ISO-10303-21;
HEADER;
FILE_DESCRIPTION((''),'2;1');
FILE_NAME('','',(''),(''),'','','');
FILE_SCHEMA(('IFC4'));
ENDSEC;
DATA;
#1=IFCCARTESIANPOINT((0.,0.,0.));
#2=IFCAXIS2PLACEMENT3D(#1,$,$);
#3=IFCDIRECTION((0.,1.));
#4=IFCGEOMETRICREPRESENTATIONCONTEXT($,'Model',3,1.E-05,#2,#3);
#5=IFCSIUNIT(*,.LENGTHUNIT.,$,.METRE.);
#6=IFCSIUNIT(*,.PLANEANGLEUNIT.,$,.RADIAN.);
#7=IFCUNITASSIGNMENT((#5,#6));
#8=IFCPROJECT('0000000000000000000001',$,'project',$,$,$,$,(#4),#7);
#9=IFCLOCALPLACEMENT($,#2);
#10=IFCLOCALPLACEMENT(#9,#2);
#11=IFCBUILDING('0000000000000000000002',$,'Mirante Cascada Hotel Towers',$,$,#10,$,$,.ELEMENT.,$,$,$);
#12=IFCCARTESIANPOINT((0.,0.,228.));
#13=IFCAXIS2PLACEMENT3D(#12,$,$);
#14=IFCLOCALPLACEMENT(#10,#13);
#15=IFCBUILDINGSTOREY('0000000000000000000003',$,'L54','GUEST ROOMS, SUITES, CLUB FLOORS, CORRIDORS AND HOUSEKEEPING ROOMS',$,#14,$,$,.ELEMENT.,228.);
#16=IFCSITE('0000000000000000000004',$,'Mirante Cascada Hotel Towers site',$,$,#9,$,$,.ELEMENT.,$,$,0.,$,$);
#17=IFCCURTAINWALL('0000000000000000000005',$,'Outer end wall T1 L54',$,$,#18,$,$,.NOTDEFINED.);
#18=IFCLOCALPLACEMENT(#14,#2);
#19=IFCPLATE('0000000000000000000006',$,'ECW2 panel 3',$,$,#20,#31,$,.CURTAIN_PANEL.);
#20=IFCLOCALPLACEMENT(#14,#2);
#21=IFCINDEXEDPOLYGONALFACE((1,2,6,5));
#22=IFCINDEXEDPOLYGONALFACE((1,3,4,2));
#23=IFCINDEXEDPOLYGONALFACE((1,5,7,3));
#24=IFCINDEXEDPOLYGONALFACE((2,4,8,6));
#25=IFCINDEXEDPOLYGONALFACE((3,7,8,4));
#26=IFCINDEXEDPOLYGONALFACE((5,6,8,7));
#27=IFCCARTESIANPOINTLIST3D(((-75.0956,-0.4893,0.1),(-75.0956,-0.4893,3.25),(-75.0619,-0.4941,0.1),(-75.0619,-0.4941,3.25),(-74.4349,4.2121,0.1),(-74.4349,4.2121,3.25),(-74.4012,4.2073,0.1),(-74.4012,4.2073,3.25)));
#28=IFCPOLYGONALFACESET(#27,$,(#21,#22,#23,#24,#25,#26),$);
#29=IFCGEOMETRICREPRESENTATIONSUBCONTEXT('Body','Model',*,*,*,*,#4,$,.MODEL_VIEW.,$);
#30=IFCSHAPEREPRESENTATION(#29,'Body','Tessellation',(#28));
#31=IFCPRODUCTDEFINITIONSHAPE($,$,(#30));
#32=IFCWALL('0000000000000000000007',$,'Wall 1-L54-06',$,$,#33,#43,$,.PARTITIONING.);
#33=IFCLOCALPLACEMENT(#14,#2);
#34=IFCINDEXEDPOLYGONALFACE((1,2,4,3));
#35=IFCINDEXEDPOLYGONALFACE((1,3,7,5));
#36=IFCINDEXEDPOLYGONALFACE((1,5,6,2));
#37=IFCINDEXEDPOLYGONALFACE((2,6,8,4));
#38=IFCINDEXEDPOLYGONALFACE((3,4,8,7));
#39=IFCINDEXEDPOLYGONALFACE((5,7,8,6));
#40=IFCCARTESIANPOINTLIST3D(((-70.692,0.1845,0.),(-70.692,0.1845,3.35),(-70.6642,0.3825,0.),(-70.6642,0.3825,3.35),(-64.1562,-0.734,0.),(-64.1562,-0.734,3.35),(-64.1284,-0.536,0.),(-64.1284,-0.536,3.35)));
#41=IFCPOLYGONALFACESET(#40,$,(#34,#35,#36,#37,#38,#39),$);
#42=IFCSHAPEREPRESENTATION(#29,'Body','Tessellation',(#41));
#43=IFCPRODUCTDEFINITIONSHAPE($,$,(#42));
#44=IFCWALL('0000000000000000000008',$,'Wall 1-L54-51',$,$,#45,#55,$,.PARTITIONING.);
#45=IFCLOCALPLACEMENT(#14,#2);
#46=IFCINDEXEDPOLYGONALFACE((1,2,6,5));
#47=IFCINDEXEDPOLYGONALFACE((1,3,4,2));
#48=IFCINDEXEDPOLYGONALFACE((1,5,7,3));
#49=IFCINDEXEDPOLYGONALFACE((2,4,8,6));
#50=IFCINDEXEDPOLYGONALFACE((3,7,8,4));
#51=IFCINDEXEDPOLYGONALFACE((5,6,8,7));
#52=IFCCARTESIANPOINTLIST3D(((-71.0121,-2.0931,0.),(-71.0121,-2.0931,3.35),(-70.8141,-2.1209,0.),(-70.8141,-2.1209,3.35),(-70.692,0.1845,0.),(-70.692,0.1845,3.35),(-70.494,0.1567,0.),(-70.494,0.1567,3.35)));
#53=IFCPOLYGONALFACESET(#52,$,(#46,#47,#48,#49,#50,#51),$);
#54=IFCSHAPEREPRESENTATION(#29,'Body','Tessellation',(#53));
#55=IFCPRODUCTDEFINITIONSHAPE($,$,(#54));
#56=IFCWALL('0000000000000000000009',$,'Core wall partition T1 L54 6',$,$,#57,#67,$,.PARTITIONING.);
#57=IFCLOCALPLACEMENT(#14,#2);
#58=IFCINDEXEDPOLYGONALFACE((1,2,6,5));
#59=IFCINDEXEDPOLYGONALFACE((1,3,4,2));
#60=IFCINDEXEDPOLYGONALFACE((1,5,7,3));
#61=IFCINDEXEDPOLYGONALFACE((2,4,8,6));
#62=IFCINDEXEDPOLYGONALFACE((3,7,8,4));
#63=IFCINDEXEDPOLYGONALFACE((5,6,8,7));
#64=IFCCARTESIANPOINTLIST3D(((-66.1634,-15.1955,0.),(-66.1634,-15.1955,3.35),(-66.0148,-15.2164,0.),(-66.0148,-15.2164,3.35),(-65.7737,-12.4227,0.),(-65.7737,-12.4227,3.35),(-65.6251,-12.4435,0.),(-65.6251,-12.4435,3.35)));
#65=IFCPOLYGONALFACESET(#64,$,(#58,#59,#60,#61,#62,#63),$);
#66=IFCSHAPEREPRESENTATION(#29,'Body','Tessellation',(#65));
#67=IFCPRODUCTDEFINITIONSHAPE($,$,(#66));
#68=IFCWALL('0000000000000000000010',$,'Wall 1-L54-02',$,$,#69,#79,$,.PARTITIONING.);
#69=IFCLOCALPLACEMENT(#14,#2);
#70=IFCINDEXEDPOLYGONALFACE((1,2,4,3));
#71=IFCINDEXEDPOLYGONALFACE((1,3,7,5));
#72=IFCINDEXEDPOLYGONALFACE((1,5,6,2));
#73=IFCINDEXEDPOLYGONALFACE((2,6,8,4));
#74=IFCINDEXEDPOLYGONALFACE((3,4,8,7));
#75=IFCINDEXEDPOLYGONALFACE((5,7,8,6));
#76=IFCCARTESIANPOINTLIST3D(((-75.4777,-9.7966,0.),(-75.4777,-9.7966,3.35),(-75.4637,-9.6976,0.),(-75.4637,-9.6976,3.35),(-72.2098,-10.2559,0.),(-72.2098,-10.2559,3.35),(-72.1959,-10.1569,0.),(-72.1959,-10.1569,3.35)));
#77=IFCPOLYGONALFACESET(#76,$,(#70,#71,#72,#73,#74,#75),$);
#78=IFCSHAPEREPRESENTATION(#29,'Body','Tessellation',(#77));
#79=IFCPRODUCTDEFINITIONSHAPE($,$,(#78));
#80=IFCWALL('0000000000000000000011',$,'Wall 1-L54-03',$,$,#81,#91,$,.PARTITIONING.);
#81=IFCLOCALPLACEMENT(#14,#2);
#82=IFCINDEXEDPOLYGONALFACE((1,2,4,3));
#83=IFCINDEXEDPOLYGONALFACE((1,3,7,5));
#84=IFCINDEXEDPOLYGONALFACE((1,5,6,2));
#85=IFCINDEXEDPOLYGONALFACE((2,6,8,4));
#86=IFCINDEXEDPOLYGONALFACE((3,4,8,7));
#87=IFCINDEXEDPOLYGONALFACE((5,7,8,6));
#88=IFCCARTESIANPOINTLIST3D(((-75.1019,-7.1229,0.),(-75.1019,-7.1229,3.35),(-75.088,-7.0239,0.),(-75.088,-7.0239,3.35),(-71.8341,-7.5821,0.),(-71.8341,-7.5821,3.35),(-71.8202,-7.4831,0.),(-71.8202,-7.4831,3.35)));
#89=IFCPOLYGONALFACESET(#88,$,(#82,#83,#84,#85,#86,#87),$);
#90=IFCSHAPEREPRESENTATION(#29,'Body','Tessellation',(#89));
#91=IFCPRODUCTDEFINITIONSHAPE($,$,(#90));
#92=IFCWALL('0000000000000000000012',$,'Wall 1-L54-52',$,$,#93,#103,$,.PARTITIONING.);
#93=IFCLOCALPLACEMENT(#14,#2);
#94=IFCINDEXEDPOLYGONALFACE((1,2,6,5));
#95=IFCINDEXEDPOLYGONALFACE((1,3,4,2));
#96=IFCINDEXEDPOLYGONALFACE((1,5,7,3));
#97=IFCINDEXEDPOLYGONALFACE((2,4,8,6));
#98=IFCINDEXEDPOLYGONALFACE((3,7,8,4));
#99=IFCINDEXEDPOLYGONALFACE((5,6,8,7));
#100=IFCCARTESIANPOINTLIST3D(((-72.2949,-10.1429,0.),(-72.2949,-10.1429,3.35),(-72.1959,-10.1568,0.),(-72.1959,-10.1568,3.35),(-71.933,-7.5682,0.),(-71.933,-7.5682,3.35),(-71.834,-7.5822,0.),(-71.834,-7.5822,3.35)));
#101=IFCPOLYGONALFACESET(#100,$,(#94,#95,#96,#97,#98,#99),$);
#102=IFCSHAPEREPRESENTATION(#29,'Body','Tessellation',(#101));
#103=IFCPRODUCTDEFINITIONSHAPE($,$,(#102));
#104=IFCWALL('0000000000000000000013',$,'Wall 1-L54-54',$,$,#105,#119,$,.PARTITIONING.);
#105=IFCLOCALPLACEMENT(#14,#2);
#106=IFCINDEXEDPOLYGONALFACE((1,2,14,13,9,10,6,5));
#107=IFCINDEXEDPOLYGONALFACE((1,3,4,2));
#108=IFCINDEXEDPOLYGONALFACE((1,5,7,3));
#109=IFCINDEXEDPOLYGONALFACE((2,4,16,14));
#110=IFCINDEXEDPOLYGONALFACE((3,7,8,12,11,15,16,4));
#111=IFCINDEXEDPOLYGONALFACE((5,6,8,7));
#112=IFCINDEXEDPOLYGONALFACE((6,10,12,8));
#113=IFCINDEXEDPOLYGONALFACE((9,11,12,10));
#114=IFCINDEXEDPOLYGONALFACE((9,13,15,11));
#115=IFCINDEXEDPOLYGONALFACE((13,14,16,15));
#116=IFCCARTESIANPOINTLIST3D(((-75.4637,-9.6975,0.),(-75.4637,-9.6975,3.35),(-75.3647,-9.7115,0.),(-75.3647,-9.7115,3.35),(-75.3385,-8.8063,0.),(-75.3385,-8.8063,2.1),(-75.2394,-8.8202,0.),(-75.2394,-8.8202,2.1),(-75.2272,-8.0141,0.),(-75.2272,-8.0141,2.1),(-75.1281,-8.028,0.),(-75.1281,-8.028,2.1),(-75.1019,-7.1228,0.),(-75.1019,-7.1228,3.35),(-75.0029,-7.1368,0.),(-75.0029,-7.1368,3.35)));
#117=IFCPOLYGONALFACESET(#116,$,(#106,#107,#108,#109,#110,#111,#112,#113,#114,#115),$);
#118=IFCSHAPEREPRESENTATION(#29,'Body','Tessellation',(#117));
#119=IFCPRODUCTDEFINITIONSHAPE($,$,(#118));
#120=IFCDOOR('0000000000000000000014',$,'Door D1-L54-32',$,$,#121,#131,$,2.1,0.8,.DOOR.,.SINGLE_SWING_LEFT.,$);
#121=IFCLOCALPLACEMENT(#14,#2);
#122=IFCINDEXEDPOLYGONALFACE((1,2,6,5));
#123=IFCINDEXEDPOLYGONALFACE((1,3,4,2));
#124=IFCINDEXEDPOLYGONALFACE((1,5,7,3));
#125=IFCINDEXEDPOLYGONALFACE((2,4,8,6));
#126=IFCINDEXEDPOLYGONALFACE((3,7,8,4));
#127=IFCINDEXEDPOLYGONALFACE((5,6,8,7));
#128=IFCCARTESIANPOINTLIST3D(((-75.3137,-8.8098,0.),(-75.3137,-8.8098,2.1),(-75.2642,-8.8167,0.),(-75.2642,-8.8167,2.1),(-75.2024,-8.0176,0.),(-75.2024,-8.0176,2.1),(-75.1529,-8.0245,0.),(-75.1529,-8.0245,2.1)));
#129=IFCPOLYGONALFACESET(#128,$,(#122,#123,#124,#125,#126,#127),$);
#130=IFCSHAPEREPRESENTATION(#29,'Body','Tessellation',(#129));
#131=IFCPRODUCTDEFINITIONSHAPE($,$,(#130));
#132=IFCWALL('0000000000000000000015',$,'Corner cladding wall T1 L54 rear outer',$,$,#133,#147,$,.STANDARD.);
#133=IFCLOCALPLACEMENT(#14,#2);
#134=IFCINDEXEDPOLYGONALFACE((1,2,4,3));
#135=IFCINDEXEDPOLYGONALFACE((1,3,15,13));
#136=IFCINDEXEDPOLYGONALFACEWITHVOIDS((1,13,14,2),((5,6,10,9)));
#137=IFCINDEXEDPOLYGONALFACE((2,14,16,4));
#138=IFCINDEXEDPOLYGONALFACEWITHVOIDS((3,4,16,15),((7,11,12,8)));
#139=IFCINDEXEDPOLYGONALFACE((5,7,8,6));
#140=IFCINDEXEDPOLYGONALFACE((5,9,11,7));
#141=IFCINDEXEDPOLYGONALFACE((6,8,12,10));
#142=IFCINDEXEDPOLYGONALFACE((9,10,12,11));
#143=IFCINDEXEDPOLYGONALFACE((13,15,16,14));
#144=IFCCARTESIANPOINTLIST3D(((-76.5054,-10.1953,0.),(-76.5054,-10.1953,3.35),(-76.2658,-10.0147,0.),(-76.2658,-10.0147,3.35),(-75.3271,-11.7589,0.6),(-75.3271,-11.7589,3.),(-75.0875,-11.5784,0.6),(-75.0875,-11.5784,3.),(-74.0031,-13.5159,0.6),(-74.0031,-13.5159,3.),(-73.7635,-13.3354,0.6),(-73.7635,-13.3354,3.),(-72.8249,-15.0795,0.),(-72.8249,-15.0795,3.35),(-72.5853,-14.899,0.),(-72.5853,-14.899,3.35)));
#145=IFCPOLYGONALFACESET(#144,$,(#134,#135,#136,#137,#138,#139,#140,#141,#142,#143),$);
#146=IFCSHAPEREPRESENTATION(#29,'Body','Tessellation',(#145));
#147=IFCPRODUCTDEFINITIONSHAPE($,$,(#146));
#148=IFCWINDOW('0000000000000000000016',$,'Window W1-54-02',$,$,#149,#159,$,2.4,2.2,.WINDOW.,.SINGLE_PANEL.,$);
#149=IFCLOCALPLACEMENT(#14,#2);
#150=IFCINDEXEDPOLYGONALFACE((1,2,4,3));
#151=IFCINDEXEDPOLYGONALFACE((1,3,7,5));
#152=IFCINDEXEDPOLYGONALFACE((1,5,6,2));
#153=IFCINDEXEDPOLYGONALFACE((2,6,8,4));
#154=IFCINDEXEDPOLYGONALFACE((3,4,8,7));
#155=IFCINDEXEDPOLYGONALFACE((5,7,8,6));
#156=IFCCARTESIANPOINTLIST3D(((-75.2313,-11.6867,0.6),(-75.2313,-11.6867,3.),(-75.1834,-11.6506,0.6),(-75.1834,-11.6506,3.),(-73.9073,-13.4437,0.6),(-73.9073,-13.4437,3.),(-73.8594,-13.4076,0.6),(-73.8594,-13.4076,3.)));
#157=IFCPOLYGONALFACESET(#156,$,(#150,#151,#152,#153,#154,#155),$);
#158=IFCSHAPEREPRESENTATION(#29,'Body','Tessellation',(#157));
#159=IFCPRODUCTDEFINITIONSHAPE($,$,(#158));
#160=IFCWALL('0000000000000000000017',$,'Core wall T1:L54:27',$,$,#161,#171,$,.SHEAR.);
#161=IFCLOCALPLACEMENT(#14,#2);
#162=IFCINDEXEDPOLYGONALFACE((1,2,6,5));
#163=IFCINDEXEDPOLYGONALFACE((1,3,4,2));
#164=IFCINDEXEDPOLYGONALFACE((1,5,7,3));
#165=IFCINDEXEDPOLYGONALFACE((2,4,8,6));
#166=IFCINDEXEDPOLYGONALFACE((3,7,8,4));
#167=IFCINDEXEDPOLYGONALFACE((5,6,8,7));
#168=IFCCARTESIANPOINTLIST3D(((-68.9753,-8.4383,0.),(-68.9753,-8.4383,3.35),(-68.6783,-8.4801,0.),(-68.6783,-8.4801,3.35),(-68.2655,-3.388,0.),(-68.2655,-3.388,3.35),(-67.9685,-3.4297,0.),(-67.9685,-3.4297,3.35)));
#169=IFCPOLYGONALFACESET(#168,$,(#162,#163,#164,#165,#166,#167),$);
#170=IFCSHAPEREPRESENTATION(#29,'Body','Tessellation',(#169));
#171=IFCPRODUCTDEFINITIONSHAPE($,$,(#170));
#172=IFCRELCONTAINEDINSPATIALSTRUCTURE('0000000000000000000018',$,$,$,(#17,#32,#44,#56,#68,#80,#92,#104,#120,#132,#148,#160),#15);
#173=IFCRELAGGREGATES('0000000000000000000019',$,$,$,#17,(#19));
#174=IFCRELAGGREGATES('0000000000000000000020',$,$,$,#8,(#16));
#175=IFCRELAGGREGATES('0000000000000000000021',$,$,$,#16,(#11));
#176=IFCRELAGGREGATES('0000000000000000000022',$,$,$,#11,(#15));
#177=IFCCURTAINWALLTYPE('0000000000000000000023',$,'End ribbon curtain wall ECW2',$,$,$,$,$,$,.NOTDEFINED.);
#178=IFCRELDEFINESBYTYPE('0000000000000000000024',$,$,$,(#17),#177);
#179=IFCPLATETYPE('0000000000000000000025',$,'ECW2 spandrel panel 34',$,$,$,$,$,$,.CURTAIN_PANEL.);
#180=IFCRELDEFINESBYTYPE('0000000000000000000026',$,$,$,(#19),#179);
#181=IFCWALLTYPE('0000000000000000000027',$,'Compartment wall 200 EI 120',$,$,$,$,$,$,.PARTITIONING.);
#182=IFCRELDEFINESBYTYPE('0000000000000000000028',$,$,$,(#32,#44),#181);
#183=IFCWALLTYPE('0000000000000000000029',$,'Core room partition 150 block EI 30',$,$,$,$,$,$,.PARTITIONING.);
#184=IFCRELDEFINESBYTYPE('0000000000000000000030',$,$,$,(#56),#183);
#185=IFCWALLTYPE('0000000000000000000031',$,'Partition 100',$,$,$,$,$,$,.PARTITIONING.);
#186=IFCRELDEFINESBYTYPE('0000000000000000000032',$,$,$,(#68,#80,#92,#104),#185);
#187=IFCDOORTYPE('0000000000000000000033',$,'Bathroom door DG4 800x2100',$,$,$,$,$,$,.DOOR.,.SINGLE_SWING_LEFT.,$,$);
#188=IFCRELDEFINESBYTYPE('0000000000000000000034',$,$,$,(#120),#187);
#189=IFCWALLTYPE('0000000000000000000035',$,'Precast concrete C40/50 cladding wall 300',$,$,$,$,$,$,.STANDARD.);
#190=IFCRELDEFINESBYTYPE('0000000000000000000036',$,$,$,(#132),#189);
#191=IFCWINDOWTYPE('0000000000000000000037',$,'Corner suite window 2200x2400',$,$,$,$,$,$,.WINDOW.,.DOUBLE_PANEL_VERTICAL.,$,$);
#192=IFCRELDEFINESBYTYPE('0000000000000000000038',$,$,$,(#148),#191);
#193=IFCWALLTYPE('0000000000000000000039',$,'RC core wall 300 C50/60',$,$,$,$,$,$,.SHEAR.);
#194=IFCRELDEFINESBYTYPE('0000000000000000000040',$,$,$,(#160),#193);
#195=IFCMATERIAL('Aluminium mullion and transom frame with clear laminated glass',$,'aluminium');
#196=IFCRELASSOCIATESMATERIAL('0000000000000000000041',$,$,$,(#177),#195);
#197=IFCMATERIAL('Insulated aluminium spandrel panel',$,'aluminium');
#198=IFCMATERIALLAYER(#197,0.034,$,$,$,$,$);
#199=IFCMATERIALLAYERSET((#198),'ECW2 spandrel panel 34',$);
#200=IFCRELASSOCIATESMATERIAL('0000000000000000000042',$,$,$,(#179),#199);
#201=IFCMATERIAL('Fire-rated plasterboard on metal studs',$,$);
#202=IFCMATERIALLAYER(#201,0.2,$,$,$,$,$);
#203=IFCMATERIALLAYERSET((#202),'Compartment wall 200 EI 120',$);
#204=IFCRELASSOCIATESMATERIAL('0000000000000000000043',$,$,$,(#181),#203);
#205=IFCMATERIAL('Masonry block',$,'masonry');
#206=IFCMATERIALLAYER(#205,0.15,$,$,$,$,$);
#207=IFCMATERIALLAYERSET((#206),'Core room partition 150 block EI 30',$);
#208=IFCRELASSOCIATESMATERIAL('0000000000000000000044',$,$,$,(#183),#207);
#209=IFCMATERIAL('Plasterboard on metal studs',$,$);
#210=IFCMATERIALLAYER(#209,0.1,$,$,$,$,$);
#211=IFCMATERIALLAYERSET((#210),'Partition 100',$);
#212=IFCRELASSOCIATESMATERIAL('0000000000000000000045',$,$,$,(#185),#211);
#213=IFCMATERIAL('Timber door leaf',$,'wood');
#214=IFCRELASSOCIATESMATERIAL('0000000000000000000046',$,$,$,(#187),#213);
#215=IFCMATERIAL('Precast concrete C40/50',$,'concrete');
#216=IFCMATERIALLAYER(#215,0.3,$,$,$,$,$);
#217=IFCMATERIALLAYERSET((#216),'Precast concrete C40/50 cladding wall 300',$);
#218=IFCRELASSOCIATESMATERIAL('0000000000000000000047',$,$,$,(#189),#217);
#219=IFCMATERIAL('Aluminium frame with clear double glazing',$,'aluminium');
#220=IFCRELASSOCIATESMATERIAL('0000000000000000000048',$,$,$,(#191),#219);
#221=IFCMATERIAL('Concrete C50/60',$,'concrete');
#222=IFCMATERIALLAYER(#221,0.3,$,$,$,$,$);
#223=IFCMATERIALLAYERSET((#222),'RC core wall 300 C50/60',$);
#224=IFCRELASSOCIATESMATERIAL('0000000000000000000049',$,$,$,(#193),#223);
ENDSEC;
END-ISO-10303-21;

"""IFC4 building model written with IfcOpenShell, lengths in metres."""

from ifc_helpers import new_model, si_unit, direction, frame, frame_2d, origin, origin_2d, place, context, subcontext, project, spatial, rectangle, extrude, material, layer, layer_set, type_object, element, fill, aggregate, save


model = new_model("IFC4")

# Units and contexts
model_context = context("Model", 3, precision=1e-05, world=origin(), true_north=direction((0.0, 1.0)))
body_context = subcontext(model_context, "Body", "Model", "MODEL_VIEW")
ifc_project = project(units=[si_unit("LENGTHUNIT", "METRE"), si_unit("PLANEANGLEUNIT", "RADIAN")], contexts=[model_context])

# Site, building, storey
site_placement = place(None, origin())
site = spatial("IfcSite", under=ifc_project, at=site_placement, Name="Mirante Cascada Hotel Towers site", CompositionType="ELEMENT", RefElevation=0.0)
building_placement = place(site_placement, origin())
building = spatial("IfcBuilding", under=site, at=building_placement, Name="Mirante Cascada Hotel Towers", CompositionType="ELEMENT")
storey_placement = place(building_placement, frame((0.0, 0.0, 228.0)))
storey = spatial("IfcBuildingStorey", under=building, at=storey_placement, Name="L54", Description="GUEST ROOMS, SUITES, CLUB FLOORS, CORRIDORS AND HOUSEKEEPING ROOMS", CompositionType="ELEMENT", Elevation=228.0)

# Curtain wall, plate
ifc_material_1 = material(Name="Aluminium mullion and transom frame with clear laminated glass", Category="aluminium")
curtain_wall_type = type_object("IfcCurtainWallType", Name="End ribbon curtain wall ECW2", PredefinedType="NOTDEFINED", material=ifc_material_1)
curtain_wall_placement = place(storey_placement, origin())
curtain_wall = element("IfcCurtainWall", 1, at=curtain_wall_placement, inside=storey, type_object=curtain_wall_type, Name="Outer end wall T1 L54", PredefinedType="NOTDEFINED")
ifc_material_2 = material(Name="Insulated aluminium spandrel panel", Category="aluminium")
ifc_layer_1 = layer(ifc_material_2, 0.034)
ifc_layer_set_1 = layer_set([ifc_layer_1], Name="ECW2 spandrel panel 34")
plate_type_1 = type_object("IfcPlateType", Name="ECW2 spandrel panel 34", PredefinedType="CURTAIN_PANEL", material=ifc_layer_set_1)
plate_1_placement = place(storey_placement, frame((-74.7484, 1.859, 0.1), z_axis=(0.0, 0.0, 1.0), x_axis=(0.139173, 0.990268, 0.0)))
plate_1 = element("IfcPlate", 2, at=plate_1_placement, type_object=plate_type_1, Name="ECW2 panel 3", PredefinedType="CURTAIN_PANEL", context=body_context, shape_type="SweptSolid", body=[
    extrude(rectangle(XDim=4.7476, YDim=0.034, at=origin_2d()), origin(), (0.0, 0.0, 1.0), 3.15),
])
aggregate(curtain_wall, [plate_1])

# Walls
ifc_material_3 = material(Name="Fire-rated plasterboard on metal studs")
ifc_layer_2 = layer(ifc_material_3, 0.2)
ifc_layer_set_2 = layer_set([ifc_layer_2], Name="Compartment wall 200 EI 120")
wall_type_1 = type_object("IfcWallType", Name="Compartment wall 200 EI 120", PredefinedType="PARTITIONING", material=ifc_layer_set_2)
wall_1_placement = place(storey_placement, frame((-70.6781, 0.2835, 0.0), z_axis=(0.0, 0.0, 1.0), x_axis=(0.990269, -0.139166, 0.0)))
element("IfcWall", 3, at=wall_1_placement, inside=storey, type_object=wall_type_1, Name="Wall 1-L54-06", PredefinedType="PARTITIONING", context=body_context, shape_type="SweptSolid", body=[
    extrude(rectangle(XDim=6.6, YDim=0.2, at=frame_2d((3.3, 0.0))), origin(), (0.0, 0.0, 1.0), 3.35),
])
wall_2_placement = place(storey_placement, frame((-70.9131, -2.107, 0.0), z_axis=(0.0, 0.0, 1.0), x_axis=(0.139175, 0.990268, 0.0)))
element("IfcWall", 4, at=wall_2_placement, inside=storey, type_object=wall_type_1, Name="Wall 1-L54-51", PredefinedType="PARTITIONING", context=body_context, shape_type="SweptSolid", body=[
    extrude(rectangle(XDim=2.3, YDim=0.2, at=frame_2d((1.15, 0.0))), origin(), (0.0, 0.0, 1.0), 3.35),
])
ifc_material_4 = material(Name="Masonry block", Category="masonry")
ifc_layer_3 = layer(ifc_material_4, 0.15)
ifc_layer_set_3 = layer_set([ifc_layer_3], Name="Core room partition 150 block EI 30")
wall_type_2 = type_object("IfcWallType", Name="Core room partition 150 block EI 30", PredefinedType="PARTITIONING", material=ifc_layer_set_3)
wall_3_placement = place(storey_placement, frame((-66.0891, -15.2059, 0.0), z_axis=(0.0, 0.0, 1.0), x_axis=(0.139176, 0.990268, 0.0)))
element("IfcWall", 5, at=wall_3_placement, inside=storey, type_object=wall_type_2, Name="Core wall partition T1 L54 6", PredefinedType="PARTITIONING", context=body_context, shape_type="SweptSolid", body=[
    extrude(rectangle(XDim=2.8001, YDim=0.15, at=frame_2d((1.4, 0.0))), origin(), (0.0, 0.0, 1.0), 3.35),
])
ifc_material_5 = material(Name="Plasterboard on metal studs")
ifc_layer_4 = layer(ifc_material_5, 0.1)
ifc_layer_set_4 = layer_set([ifc_layer_4], Name="Partition 100")
wall_type_3 = type_object("IfcWallType", Name="Partition 100", PredefinedType="PARTITIONING", material=ifc_layer_set_4)
wall_4_placement = place(storey_placement, frame((-75.4707, -9.7471, 0.0), z_axis=(0.0, 0.0, 1.0), x_axis=(0.990267, -0.139181, 0.0)))
element("IfcWall", 6, at=wall_4_placement, inside=storey, type_object=wall_type_3, Name="Wall 1-L54-02", PredefinedType="PARTITIONING", context=body_context, shape_type="SweptSolid", body=[
    extrude(rectangle(XDim=3.3, YDim=0.1, at=frame_2d((1.65, 0.0))), origin(), (0.0, 0.0, 1.0), 3.35),
])
wall_5_placement = place(storey_placement, frame((-71.8271, -7.5326, 0.0), z_axis=(0.0, 0.0, 1.0), x_axis=(-0.990271, 0.139155, 0.0)))
element("IfcWall", 7, at=wall_5_placement, inside=storey, type_object=wall_type_3, Name="Wall 1-L54-03", PredefinedType="PARTITIONING", context=body_context, shape_type="SweptSolid", body=[
    extrude(rectangle(XDim=3.2999, YDim=0.1, at=frame_2d((1.65, 0.0))), origin(), (0.0, 0.0, 1.0), 3.35),
])
wall_6_placement = place(storey_placement, frame((-71.8835, -7.5752, 0.0), z_axis=(0.0, 0.0, 1.0), x_axis=(-0.139192, -0.990265, 0.0)))
element("IfcWall", 8, at=wall_6_placement, inside=storey, type_object=wall_type_3, Name="Wall 1-L54-52", PredefinedType="PARTITIONING", context=body_context, shape_type="SweptSolid", body=[
    extrude(rectangle(XDim=2.6, YDim=0.1, at=frame_2d((1.3, 0.0))), origin(), (0.0, 0.0, 1.0), 3.35),
])

# Wall, opening, door
wall_7_placement = place(storey_placement, frame((-75.0524, -7.1298, 0.0), z_axis=(0.0, 0.0, 1.0), x_axis=(-0.139154, -0.990271, 0.0)))
wall_7 = element("IfcWall", 9, at=wall_7_placement, inside=storey, type_object=wall_type_3, Name="Wall 1-L54-54", PredefinedType="PARTITIONING", context=body_context, shape_type="SweptSolid", body=[
    extrude(rectangle(XDim=2.6, YDim=0.1, at=frame_2d((1.3, 0.0))), origin(), (0.0, 0.0, 1.0), 3.35),
])
opening_1_placement = place(wall_7_placement, frame((0.9, 0.0, 0.0)))
opening_1 = element("IfcOpeningElement", 10, at=opening_1_placement, cuts=wall_7, PredefinedType="OPENING", context=body_context, shape_type="SweptSolid", body=[
    extrude(rectangle(XDim=0.8, YDim=2.1, at=frame_2d((0.4, 1.05))), frame((0.0, 0.05, 0.0), z_axis=(0.0, -1.0, 0.0), x_axis=(1.0, 0.0, 0.0)), (0.0, 0.0, 1.0), 0.1),
])
ifc_material_6 = material(Name="Timber door leaf", Category="wood")
door_type = type_object("IfcDoorType", Name="Bathroom door DG4 800x2100", OperationType="SINGLE_SWING_LEFT", PredefinedType="DOOR", material=ifc_material_6)
door_placement = place(opening_1_placement, origin())
door = element("IfcDoor", 11, at=door_placement, inside=storey, type_object=door_type, Name="Door D1-L54-32", OperationType="SINGLE_SWING_LEFT", OverallHeight=2.1, OverallWidth=0.8, PredefinedType="DOOR", context=body_context, shape_type="SweptSolid", body=[
    extrude(rectangle(XDim=0.8, YDim=2.1, at=frame_2d((0.4, 1.05))), frame((0.0, 0.025, 0.0), z_axis=(0.0, -1.0, 0.0), x_axis=(1.0, 0.0, 0.0)), (0.0, 0.0, 1.0), 0.05),
])
fill(opening_1, door)

# Wall, opening, window
ifc_material_7 = material(Name="Precast concrete C40/50", Category="concrete")
ifc_layer_5 = layer(ifc_material_7, 0.3)
ifc_layer_set_5 = layer_set([ifc_layer_5], Name="Precast concrete C40/50 cladding wall 300")
wall_type_4 = type_object("IfcWallType", Name="Precast concrete C40/50 cladding wall 300", PredefinedType="STANDARD", material=ifc_layer_set_5)
wall_8_placement = place(storey_placement, frame((-72.7051, -14.9892, 0.0), z_axis=(0.0, 0.0, 1.0), x_axis=(-0.601814, 0.798636, 0.0)))
wall_8 = element("IfcWall", 12, at=wall_8_placement, inside=storey, type_object=wall_type_4, Name="Corner cladding wall T1 L54 rear outer", PredefinedType="STANDARD", context=body_context, shape_type="SweptSolid", body=[
    extrude(rectangle(XDim=6.1157, YDim=0.3, at=frame_2d((3.0578, 0.0))), origin(), (0.0, 0.0, 1.0), 3.35),
])
opening_2_placement = place(wall_8_placement, frame((1.9578, 0.0, 0.6)))
opening_2 = element("IfcOpeningElement", 13, at=opening_2_placement, cuts=wall_8, PredefinedType="OPENING", context=body_context, shape_type="SweptSolid", body=[
    extrude(rectangle(XDim=2.2, YDim=2.4, at=frame_2d((1.1, 1.2))), frame((0.0, 0.15, 0.0), z_axis=(0.0, -1.0, 0.0), x_axis=(1.0, 0.0, 0.0)), (0.0, 0.0, 1.0), 0.3),
])
ifc_material_8 = material(Name="Aluminium frame with clear double glazing", Category="aluminium")
window_type = type_object("IfcWindowType", Name="Corner suite window 2200x2400", PartitioningType="DOUBLE_PANEL_VERTICAL", PredefinedType="WINDOW", material=ifc_material_8)
window_placement = place(opening_2_placement, origin())
window = element("IfcWindow", 14, at=window_placement, inside=storey, type_object=window_type, Name="Window W1-54-02", OverallHeight=2.4, OverallWidth=2.2, PartitioningType="SINGLE_PANEL", PredefinedType="WINDOW", context=body_context, shape_type="SweptSolid", body=[
    extrude(rectangle(XDim=2.2, YDim=2.4, at=frame_2d((1.1, 1.2))), frame((0.0, 0.03, 0.0), z_axis=(0.0, -1.0, 0.0), x_axis=(1.0, 0.0, 0.0)), (0.0, 0.0, 1.0), 0.06),
])
fill(opening_2, window)

# Wall
ifc_material_9 = material(Name="Concrete C50/60", Category="concrete")
ifc_layer_6 = layer(ifc_material_9, 0.3)
ifc_layer_set_6 = layer_set([ifc_layer_6], Name="RC core wall 300 C50/60")
wall_type_5 = type_object("IfcWallType", Name="RC core wall 300 C50/60", PredefinedType="SHEAR", material=ifc_layer_set_6)
wall_9_placement = place(storey_placement, frame((-68.8268, -8.4592, 0.0), z_axis=(0.0, 0.0, 1.0), x_axis=(0.139176, 0.990268, 0.0)))
element("IfcWall", 15, at=wall_9_placement, inside=storey, type_object=wall_type_5, Name="Core wall T1:L54:27", PredefinedType="SHEAR", context=body_context, shape_type="SweptSolid", body=[
    extrude(rectangle(XDim=5.1, YDim=0.3, at=frame_2d((2.55, 0.0))), origin(), (0.0, 0.0, 1.0), 3.35),
])

save(model, "model.ifc")
